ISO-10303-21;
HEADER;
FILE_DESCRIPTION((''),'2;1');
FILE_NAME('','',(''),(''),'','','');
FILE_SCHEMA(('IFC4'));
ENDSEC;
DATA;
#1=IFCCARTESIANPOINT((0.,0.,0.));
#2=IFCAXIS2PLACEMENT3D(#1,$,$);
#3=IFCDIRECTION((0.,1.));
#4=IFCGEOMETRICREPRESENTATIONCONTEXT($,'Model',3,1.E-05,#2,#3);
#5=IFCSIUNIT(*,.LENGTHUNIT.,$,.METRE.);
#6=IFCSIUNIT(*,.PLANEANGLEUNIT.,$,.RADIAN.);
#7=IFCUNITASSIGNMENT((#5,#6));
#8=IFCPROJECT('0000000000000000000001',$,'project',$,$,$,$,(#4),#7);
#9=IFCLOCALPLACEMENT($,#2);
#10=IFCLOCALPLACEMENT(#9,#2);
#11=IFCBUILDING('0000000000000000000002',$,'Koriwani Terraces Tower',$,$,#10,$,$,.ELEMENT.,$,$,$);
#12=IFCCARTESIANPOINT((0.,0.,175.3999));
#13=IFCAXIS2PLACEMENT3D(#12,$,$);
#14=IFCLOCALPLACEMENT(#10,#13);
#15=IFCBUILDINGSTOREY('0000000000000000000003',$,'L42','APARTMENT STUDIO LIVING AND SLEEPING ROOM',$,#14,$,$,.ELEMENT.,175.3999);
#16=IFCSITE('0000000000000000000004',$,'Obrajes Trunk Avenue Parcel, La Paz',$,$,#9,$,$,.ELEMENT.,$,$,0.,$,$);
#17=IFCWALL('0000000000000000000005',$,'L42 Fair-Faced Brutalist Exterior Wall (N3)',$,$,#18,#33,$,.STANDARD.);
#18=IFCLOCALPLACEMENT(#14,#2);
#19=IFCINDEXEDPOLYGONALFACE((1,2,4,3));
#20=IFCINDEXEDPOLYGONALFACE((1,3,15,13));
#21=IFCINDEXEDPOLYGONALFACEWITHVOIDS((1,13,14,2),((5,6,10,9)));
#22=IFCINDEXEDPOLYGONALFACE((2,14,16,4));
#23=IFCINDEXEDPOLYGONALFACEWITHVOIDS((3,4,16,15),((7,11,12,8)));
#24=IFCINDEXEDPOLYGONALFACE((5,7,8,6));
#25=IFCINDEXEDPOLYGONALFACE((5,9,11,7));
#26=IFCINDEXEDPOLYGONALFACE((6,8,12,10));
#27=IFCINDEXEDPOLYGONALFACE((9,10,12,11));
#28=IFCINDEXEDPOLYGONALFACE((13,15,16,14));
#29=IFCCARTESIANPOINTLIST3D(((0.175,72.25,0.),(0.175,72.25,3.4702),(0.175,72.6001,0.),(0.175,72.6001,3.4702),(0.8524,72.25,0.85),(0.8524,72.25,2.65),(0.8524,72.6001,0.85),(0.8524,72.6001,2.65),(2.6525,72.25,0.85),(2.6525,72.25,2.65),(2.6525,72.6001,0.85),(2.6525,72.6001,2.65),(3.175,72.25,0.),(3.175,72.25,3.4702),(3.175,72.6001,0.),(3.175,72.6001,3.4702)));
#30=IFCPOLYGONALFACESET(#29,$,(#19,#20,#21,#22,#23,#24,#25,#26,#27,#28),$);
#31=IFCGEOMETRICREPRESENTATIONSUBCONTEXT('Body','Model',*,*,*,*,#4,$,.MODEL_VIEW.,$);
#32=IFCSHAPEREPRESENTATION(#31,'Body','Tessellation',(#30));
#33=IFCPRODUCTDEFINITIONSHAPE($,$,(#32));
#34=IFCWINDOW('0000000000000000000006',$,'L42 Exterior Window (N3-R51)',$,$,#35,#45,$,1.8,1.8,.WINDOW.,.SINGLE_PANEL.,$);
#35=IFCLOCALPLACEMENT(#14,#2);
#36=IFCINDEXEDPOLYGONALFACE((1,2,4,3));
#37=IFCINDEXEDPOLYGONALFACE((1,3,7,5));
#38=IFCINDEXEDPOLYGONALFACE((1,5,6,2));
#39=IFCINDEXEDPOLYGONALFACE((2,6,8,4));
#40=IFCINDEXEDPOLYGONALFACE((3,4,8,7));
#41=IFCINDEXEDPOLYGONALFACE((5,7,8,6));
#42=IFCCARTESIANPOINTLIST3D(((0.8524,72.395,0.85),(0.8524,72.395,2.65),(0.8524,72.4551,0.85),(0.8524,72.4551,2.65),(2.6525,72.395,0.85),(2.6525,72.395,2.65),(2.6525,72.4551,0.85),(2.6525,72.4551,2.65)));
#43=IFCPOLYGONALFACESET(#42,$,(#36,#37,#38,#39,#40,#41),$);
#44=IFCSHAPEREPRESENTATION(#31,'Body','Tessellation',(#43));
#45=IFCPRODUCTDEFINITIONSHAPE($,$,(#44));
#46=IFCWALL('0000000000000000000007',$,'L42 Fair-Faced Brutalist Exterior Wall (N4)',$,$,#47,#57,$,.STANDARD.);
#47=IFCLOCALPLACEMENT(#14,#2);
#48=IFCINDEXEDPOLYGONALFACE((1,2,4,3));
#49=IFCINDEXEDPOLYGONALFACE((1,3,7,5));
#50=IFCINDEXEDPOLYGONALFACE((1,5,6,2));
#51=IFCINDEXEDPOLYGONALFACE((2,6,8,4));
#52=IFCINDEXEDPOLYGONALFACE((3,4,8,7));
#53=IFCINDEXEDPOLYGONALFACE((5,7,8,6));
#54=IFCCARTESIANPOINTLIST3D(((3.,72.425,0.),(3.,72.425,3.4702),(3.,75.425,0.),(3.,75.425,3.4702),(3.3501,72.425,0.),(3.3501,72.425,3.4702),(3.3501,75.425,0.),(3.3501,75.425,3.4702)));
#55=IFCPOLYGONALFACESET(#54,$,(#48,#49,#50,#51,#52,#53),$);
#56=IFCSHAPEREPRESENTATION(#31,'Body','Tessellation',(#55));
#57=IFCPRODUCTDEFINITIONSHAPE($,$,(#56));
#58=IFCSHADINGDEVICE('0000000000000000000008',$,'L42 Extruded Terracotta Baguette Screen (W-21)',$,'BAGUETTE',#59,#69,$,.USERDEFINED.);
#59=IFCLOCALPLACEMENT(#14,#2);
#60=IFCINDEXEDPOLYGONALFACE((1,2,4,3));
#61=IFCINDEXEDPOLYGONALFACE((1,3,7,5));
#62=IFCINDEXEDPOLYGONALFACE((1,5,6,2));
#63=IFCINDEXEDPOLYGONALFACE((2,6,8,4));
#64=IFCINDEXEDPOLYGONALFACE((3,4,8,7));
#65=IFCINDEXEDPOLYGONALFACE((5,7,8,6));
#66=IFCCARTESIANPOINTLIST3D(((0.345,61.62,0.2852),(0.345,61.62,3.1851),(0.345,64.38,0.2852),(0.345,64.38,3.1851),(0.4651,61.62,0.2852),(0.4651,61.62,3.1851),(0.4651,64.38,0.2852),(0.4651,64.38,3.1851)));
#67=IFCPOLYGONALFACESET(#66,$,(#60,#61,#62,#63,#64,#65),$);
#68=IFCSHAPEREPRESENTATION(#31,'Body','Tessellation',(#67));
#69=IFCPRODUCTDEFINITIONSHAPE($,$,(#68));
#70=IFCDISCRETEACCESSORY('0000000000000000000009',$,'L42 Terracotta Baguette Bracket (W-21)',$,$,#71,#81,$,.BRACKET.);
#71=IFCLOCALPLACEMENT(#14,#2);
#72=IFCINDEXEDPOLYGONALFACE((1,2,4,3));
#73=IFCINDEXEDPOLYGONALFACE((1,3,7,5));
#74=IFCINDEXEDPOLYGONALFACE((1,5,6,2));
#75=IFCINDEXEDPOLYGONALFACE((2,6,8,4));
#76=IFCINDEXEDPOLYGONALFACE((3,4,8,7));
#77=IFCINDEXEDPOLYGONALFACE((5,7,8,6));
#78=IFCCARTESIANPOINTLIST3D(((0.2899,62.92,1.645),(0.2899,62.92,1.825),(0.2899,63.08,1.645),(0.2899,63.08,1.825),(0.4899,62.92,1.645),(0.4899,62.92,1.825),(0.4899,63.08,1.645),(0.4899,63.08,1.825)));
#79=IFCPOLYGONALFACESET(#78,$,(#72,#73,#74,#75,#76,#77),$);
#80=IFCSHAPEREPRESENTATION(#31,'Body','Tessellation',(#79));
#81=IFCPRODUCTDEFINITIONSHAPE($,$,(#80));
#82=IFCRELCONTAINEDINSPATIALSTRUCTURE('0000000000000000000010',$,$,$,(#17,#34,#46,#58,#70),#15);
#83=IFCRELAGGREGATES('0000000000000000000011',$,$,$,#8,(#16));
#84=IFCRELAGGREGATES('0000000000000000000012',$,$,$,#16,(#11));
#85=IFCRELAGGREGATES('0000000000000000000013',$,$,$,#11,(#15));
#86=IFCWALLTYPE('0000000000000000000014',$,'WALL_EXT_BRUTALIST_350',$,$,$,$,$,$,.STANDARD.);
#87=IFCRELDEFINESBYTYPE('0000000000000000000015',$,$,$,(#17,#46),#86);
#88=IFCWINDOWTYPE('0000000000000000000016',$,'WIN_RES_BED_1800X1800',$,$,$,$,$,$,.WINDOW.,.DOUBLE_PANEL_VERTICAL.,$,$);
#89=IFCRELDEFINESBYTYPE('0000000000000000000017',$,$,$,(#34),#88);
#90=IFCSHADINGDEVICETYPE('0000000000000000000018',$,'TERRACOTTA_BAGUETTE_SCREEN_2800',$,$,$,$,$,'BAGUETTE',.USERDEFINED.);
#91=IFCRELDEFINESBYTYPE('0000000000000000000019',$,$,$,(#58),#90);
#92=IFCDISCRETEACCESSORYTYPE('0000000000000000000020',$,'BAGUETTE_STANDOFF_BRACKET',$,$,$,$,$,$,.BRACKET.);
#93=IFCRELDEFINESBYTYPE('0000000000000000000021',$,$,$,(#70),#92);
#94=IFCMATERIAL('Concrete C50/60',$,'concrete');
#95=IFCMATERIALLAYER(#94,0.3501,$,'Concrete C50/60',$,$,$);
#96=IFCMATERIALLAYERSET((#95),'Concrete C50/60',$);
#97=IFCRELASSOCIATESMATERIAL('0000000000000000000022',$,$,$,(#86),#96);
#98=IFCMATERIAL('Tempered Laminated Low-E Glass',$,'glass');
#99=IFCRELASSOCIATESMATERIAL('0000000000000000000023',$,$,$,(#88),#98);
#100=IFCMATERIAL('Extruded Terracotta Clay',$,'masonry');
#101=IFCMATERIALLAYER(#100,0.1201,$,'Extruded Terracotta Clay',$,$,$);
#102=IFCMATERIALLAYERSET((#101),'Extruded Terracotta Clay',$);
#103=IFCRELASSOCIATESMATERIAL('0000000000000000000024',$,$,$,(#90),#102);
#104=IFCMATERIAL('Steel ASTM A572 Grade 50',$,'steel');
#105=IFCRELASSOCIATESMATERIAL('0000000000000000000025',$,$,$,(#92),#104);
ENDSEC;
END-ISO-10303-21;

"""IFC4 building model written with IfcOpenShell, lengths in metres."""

from ifc_helpers import new_model, si_unit, direction, frame, frame_2d, origin, origin_2d, place, context, subcontext, project, spatial, rectangle, extrude, material, layer, layer_set, type_object, element, fill, save


model = new_model("IFC4")

# Units and contexts
model_context = context("Model", 3, precision=1e-05, world=origin(), true_north=direction((0.0, 1.0)))
body_context = subcontext(model_context, "Body", "Model", "MODEL_VIEW")
ifc_project = project(units=[si_unit("LENGTHUNIT", "METRE"), si_unit("PLANEANGLEUNIT", "RADIAN")], contexts=[model_context])

# Site, building, storey
site_placement = place(None, origin())
site = spatial("IfcSite", under=ifc_project, at=site_placement, Name="Obrajes Trunk Avenue Parcel, La Paz", CompositionType="ELEMENT", RefElevation=0.0)
building_placement = place(site_placement, origin())
building = spatial("IfcBuilding", under=site, at=building_placement, Name="Koriwani Terraces Tower", CompositionType="ELEMENT")
storey_placement = place(building_placement, frame((0.0, 0.0, 175.3999)))
storey = spatial("IfcBuildingStorey", under=building, at=storey_placement, Name="L42", Description="APARTMENT STUDIO LIVING AND SLEEPING ROOM", CompositionType="ELEMENT", Elevation=175.3999)

# Shared definitions
ifc_material_1 = material(Name="Concrete C50/60", Category="concrete")

# Shared definitions
ifc_material_2 = material(Name="Steel ASTM A572 Grade 50", Category="steel")

# Shared definitions
ifc_material_3 = material(Name="Tempered Laminated Low-E Glass", Category="glass")

# Wall, opening, window
ifc_layer_1 = layer(ifc_material_1, 0.3501, Name="Concrete C50/60")
ifc_layer_set_1 = layer_set([ifc_layer_1], Name="Concrete C50/60")
wall_type_1 = type_object("IfcWallType", Name="WALL_EXT_BRUTALIST_350", PredefinedType="STANDARD", material=ifc_layer_set_1)
wall_1_placement = place(storey_placement, frame((0.175, 72.425, 0.0), z_axis=(0.0, 0.0, 1.0), x_axis=(1.0, 0.0, 0.0)))
wall_1 = element("IfcWall", 1, at=wall_1_placement, inside=storey, type_object=wall_type_1, Name="L42 Fair-Faced Brutalist Exterior Wall (N3)", PredefinedType="STANDARD", context=body_context, shape_type="SweptSolid", body=[
    extrude(rectangle(XDim=3.0, YDim=0.3501, at=frame_2d((1.5, 0.0))), origin(), (0.0, 0.0, 1.0), 3.4702),
])
opening_placement = place(wall_1_placement, frame((0.6775, 0.0, 0.8501)))
opening = element("IfcOpeningElement", 2, at=opening_placement, cuts=wall_1, PredefinedType="OPENING", context=body_context, shape_type="SweptSolid", body=[
    extrude(rectangle(XDim=1.8, YDim=1.8, at=frame_2d((0.8999, 0.8999))), frame((0.0, 0.1851, 0.0), z_axis=(0.0, -1.0, 0.0), x_axis=(1.0, 0.0, 0.0)), (0.0, 0.0, 1.0), 0.3701),
])
window_type = type_object("IfcWindowType", Name="WIN_RES_BED_1800X1800", PartitioningType="DOUBLE_PANEL_VERTICAL", PredefinedType="WINDOW", material=ifc_material_3)
window_placement = place(opening_placement, origin())
window = element("IfcWindow", 3, at=window_placement, inside=storey, type_object=window_type, Name="L42 Exterior Window (N3-R51)", OverallHeight=1.8, OverallWidth=1.8, PartitioningType="SINGLE_PANEL", PredefinedType="WINDOW", context=body_context, shape_type="SweptSolid", body=[
    extrude(rectangle(XDim=1.8, YDim=1.8, at=frame_2d((0.8999, 0.8999))), frame((0.0, 0.03, 0.0), z_axis=(0.0, -1.0, 0.0), x_axis=(1.0, 0.0, 0.0)), (0.0, 0.0, 1.0), 0.0601),
])
fill(opening, window)

# Wall
wall_2_placement = place(storey_placement, frame((3.175, 72.425, 0.0), z_axis=(0.0, 0.0, 1.0), x_axis=(0.0, 1.0, 0.0)))
element("IfcWall", 4, at=wall_2_placement, inside=storey, type_object=wall_type_1, Name="L42 Fair-Faced Brutalist Exterior Wall (N4)", PredefinedType="STANDARD", context=body_context, shape_type="SweptSolid", body=[
    extrude(rectangle(XDim=3.0, YDim=0.3501, at=frame_2d((1.5, 0.0))), origin(), (0.0, 0.0, 1.0), 3.4702),
])

# Shading device
ifc_material_4 = material(Name="Extruded Terracotta Clay", Category="masonry")
ifc_layer_2 = layer(ifc_material_4, 0.1201, Name="Extruded Terracotta Clay")
ifc_layer_set_2 = layer_set([ifc_layer_2], Name="Extruded Terracotta Clay")
shading_device_type = type_object("IfcShadingDeviceType", Name="TERRACOTTA_BAGUETTE_SCREEN_2800", ElementType="BAGUETTE", PredefinedType="USERDEFINED", material=ifc_layer_set_2)
shading_device_placement = place(storey_placement, frame((0.405, 63.0, 0.2852), z_axis=(0.0, 0.0, 1.0), x_axis=(0.0, 1.0, 0.0)))
element("IfcShadingDevice", 5, at=shading_device_placement, inside=storey, type_object=shading_device_type, Name="L42 Extruded Terracotta Baguette Screen (W-21)", ObjectType="BAGUETTE", PredefinedType="USERDEFINED", context=body_context, shape_type="SweptSolid", body=[
    extrude(rectangle(XDim=2.76, YDim=0.1201, at=origin_2d()), origin(), (0.0, 0.0, 1.0), 2.8999),
])

# Discrete accessory
discrete_accessory_type = type_object("IfcDiscreteAccessoryType", Name="BAGUETTE_STANDOFF_BRACKET", PredefinedType="BRACKET", material=ifc_material_2)
discrete_accessory_placement = place(storey_placement, frame((0.3899, 63.0, 1.645), z_axis=(0.0, 0.0, 1.0), x_axis=(0.0, 1.0, 0.0)))
element("IfcDiscreteAccessory", 6, at=discrete_accessory_placement, inside=storey, type_object=discrete_accessory_type, Name="L42 Terracotta Baguette Bracket (W-21)", PredefinedType="BRACKET", context=body_context, shape_type="SweptSolid", body=[
    extrude(rectangle(XDim=0.1599, YDim=0.2, at=origin_2d()), origin(), (0.0, 0.0, 1.0), 0.1799),
])

save(model, "model.ifc")
